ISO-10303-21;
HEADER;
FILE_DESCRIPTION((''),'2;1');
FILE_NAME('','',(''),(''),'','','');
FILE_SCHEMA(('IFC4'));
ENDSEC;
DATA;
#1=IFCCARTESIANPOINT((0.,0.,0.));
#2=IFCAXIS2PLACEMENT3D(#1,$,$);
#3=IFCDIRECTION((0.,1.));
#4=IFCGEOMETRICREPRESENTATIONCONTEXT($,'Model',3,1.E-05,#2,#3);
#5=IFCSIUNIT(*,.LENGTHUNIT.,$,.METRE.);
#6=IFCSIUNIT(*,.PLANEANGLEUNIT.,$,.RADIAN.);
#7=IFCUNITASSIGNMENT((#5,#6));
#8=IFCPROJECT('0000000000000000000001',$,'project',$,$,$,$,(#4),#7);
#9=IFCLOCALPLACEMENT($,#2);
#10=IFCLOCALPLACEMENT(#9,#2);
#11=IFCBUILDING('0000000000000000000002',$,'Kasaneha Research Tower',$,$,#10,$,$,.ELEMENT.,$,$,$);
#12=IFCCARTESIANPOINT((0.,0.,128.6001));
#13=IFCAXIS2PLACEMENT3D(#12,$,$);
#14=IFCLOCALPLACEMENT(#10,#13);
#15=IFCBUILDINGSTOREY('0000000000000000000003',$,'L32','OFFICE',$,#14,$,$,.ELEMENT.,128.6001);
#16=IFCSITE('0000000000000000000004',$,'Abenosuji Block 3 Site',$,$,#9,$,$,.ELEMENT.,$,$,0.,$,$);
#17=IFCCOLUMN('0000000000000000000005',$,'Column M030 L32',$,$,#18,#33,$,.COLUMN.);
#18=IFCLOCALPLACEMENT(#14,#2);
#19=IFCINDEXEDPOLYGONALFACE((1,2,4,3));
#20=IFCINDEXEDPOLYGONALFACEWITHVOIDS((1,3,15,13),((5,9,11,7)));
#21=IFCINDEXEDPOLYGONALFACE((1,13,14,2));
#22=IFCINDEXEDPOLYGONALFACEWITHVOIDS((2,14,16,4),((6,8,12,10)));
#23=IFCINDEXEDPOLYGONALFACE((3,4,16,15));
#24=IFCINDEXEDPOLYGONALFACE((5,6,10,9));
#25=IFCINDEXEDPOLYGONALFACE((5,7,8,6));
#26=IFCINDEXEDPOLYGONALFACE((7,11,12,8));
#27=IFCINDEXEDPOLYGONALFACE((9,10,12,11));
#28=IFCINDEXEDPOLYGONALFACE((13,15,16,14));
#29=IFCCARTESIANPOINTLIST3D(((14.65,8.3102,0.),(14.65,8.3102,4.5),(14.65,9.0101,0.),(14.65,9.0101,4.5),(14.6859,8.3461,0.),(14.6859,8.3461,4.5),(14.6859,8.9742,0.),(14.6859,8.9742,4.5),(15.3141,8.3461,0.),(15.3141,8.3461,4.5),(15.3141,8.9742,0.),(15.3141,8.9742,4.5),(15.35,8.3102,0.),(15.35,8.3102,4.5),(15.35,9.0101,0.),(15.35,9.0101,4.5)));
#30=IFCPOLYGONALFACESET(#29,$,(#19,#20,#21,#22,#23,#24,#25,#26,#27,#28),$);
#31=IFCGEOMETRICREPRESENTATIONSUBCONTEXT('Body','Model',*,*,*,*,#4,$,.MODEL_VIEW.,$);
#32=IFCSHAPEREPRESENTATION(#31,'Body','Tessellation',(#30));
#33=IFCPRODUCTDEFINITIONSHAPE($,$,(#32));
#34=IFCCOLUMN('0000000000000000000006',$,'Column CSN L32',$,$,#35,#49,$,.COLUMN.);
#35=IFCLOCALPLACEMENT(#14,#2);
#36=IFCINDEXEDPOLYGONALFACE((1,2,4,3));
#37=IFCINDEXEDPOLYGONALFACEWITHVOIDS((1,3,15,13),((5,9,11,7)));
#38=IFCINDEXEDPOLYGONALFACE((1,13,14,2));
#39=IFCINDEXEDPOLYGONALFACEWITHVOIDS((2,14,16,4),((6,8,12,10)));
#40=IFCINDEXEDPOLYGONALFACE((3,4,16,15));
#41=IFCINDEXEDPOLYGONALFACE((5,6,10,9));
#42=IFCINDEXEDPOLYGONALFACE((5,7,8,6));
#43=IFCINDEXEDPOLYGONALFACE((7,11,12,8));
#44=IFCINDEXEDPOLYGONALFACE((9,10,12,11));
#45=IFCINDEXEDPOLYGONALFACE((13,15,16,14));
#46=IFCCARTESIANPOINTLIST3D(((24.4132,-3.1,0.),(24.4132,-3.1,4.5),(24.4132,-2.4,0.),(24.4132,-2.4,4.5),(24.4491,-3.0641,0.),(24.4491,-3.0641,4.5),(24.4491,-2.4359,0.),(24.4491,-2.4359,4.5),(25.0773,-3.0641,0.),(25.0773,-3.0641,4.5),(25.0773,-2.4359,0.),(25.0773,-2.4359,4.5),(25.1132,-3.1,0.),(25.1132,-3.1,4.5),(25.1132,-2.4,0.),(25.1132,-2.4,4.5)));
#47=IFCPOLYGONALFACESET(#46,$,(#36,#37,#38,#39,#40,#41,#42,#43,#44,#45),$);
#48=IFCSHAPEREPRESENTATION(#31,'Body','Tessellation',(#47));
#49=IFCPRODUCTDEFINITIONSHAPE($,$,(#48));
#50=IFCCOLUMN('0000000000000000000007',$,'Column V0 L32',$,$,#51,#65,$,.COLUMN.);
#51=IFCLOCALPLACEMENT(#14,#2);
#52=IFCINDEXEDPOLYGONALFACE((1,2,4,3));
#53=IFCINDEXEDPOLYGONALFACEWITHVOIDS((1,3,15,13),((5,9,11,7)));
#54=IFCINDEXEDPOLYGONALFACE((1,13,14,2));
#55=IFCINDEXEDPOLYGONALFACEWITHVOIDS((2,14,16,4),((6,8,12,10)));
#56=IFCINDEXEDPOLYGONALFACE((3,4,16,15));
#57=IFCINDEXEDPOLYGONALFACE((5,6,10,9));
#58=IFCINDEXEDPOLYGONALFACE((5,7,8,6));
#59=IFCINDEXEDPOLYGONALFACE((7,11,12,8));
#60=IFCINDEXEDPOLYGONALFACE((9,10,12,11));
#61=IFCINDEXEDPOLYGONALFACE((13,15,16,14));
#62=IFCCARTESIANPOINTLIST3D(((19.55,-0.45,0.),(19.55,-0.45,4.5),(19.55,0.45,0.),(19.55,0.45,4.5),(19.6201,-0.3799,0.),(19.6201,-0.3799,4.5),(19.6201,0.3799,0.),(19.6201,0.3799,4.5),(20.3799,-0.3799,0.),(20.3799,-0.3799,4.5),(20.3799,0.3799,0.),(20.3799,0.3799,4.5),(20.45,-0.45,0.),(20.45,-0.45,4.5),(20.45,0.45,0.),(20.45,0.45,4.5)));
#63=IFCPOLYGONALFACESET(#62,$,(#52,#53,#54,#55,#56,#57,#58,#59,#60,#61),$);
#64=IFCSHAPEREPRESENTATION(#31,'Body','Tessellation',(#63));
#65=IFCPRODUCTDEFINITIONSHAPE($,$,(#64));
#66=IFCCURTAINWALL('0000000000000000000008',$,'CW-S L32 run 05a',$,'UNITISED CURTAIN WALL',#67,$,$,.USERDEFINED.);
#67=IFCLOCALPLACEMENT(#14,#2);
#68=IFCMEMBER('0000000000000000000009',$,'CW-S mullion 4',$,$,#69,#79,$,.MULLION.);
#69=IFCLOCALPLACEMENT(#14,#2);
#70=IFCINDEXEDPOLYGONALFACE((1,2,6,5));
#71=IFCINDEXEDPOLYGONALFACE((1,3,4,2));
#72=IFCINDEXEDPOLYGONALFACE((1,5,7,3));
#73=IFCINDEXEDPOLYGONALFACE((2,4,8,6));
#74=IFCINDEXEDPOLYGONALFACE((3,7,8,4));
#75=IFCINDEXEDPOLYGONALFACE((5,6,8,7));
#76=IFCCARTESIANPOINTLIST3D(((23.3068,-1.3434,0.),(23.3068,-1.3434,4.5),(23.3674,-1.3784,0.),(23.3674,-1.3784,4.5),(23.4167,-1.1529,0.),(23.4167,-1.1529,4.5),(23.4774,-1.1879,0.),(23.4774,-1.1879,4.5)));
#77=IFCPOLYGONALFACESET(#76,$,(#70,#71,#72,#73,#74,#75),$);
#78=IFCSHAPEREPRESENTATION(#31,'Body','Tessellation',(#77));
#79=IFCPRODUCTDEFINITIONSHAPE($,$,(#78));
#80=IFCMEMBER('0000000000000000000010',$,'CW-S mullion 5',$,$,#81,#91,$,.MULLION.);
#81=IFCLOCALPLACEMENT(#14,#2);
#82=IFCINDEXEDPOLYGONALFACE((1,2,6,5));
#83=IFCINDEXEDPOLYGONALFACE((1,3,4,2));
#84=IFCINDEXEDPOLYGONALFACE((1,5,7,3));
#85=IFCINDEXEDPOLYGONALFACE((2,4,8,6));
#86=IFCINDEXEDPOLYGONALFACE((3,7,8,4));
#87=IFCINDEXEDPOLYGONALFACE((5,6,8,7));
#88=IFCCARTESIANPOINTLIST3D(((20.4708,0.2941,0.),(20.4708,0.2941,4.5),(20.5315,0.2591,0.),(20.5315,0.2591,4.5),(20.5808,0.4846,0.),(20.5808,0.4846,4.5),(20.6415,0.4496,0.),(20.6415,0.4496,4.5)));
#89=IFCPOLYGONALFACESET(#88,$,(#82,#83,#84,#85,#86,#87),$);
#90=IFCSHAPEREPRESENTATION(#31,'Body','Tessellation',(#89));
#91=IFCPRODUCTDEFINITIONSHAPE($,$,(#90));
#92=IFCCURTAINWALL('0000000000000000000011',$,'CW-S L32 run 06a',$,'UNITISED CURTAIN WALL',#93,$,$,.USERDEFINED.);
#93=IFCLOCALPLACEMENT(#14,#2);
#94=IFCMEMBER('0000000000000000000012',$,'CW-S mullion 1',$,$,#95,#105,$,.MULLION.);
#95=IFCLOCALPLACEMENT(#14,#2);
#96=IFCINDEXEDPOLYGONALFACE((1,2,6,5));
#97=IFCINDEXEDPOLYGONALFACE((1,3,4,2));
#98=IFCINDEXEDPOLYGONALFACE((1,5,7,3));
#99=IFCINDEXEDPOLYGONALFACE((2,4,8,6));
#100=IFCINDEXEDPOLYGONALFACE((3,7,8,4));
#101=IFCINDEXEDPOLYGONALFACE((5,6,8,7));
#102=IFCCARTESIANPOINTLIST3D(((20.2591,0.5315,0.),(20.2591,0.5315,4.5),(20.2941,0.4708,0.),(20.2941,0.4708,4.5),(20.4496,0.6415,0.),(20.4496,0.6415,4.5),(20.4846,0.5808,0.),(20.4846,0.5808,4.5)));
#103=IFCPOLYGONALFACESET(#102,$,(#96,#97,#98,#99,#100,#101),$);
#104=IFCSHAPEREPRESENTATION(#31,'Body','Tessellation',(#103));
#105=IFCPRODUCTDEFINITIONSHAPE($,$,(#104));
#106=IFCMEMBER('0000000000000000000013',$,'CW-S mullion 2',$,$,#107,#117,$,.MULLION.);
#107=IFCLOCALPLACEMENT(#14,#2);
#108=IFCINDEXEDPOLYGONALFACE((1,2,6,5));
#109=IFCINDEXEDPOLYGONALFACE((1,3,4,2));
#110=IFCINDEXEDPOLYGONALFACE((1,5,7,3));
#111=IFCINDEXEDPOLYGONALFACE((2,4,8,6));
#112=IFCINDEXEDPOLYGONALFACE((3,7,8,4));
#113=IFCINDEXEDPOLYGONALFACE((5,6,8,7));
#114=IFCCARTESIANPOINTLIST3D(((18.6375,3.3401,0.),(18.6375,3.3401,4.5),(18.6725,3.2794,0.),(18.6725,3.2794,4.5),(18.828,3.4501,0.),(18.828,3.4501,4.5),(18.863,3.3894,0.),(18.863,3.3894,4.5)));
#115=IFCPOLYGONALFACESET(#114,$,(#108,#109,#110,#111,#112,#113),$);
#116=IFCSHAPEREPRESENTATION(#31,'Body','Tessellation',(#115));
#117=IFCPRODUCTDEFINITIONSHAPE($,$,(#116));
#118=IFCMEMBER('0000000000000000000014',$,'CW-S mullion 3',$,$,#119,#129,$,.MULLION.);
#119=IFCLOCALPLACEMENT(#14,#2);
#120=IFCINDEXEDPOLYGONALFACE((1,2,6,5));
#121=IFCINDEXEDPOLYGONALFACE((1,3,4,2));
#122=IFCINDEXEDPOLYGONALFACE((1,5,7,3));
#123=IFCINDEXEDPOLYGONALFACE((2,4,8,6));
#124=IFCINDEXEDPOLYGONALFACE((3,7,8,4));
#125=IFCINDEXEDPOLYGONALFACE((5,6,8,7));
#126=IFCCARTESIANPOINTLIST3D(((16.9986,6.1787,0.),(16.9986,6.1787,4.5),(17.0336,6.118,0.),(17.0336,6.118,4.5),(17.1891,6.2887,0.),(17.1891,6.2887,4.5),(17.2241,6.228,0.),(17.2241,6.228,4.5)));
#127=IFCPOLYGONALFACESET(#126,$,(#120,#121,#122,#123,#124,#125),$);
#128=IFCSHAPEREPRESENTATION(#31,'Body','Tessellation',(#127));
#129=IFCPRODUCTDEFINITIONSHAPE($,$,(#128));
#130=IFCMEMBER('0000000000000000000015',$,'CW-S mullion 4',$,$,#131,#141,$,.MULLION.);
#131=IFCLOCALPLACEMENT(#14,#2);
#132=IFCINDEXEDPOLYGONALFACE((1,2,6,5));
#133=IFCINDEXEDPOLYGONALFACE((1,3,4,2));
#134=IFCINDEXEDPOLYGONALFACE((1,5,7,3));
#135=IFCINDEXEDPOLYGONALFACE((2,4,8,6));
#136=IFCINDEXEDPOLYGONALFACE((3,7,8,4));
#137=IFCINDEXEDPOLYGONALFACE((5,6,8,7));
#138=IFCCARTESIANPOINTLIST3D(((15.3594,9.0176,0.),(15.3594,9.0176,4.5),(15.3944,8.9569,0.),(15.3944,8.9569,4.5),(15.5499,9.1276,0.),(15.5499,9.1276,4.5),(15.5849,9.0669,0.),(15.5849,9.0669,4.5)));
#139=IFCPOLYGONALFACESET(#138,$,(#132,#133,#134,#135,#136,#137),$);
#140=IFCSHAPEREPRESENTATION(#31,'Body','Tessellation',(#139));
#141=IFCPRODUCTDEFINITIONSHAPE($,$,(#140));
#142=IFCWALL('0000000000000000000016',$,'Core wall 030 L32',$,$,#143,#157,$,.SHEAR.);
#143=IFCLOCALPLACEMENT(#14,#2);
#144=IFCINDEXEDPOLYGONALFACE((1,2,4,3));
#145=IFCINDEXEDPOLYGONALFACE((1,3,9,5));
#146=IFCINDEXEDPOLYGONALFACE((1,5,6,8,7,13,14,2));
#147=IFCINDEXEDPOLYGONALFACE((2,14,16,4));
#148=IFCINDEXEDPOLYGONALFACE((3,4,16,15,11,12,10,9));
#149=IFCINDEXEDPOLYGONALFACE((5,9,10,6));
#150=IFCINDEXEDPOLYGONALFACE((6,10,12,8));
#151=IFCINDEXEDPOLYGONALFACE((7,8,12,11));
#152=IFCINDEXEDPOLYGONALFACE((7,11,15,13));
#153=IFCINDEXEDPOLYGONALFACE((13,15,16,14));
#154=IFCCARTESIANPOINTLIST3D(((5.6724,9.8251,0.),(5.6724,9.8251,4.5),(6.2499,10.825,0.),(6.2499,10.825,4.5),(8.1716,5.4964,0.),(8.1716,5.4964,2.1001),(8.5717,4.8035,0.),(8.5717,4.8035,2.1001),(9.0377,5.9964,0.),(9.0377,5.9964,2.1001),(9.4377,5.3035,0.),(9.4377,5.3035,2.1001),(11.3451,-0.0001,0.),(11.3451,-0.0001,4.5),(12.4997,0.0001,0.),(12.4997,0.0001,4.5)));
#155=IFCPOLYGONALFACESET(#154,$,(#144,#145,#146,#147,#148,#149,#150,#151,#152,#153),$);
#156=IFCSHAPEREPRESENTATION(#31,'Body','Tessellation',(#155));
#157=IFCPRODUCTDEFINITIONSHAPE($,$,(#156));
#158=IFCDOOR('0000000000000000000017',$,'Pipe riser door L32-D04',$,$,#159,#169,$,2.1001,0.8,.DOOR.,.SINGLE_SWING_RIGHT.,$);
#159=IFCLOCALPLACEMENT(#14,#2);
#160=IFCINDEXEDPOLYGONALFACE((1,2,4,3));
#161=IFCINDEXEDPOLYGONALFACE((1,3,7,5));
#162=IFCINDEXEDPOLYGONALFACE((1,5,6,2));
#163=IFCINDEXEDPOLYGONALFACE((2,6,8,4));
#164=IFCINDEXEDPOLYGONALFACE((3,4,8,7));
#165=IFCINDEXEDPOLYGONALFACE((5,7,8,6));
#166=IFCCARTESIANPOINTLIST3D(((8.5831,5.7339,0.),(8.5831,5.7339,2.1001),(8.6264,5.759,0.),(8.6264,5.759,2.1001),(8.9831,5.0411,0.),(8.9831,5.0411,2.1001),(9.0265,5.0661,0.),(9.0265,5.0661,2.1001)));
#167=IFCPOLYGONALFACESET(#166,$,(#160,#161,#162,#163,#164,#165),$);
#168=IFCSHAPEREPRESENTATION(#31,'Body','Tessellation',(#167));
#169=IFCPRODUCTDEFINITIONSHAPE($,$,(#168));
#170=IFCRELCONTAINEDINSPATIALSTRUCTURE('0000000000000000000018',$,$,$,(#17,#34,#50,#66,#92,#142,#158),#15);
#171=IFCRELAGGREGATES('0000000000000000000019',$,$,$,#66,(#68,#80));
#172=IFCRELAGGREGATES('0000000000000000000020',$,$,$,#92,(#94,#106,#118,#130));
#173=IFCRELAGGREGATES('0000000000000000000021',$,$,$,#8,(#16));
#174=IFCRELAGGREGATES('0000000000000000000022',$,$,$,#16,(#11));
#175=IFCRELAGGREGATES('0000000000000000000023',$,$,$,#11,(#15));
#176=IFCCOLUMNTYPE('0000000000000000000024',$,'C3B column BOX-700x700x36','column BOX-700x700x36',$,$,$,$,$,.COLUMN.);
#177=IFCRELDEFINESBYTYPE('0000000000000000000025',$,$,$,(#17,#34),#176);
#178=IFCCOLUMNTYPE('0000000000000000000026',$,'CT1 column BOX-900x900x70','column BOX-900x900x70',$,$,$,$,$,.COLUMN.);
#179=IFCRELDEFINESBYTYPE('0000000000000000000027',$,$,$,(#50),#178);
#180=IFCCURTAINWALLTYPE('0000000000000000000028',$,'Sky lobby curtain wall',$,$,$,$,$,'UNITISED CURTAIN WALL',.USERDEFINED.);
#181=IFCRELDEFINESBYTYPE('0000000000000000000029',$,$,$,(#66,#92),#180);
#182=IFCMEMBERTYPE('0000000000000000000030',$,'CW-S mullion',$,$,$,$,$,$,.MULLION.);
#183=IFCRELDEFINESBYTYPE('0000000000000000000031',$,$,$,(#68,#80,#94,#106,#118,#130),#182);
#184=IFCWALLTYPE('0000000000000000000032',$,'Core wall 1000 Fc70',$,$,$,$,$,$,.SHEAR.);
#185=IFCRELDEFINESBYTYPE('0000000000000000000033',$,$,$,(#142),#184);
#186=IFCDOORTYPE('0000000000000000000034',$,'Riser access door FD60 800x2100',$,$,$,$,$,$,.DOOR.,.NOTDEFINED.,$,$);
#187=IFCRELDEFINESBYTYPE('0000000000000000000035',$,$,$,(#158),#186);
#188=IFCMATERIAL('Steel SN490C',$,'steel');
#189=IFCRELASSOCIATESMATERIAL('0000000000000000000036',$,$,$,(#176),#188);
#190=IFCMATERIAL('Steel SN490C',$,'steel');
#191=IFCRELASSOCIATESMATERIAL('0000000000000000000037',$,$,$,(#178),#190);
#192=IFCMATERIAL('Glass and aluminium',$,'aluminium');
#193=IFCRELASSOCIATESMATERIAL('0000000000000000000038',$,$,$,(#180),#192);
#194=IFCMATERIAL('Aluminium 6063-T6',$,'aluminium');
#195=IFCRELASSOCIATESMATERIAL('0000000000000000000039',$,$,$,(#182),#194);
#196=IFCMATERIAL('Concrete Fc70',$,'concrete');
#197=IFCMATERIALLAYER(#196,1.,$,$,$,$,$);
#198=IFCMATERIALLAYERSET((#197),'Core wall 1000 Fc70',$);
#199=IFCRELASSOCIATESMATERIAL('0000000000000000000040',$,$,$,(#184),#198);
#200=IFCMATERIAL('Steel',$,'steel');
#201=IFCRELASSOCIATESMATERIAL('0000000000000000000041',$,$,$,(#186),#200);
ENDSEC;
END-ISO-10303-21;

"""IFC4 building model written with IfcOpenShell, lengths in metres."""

from ifc_helpers import new_model, si_unit, direction, frame, frame_2d, origin, origin_2d, place, context, subcontext, project, spatial, polyline, rectangle, hollow_rectangle, outline, extrude, material, layer, layer_set, material_profile, profile_set, type_object, element, fill, aggregate, save


model = new_model("IFC4")

# Units and contexts
model_context = context("Model", 3, precision=1e-05, world=origin(), true_north=direction((0.0, 1.0)))
body_context = subcontext(model_context, "Body", "Model", "MODEL_VIEW")
ifc_project = project(units=[si_unit("LENGTHUNIT", "METRE"), si_unit("PLANEANGLEUNIT", "RADIAN")], contexts=[model_context])

# Site, building, storey
site_placement = place(None, origin())
site = spatial("IfcSite", under=ifc_project, at=site_placement, Name="Abenosuji Block 3 Site", CompositionType="ELEMENT", RefElevation=0.0)
building_placement = place(site_placement, origin())
building = spatial("IfcBuilding", under=site, at=building_placement, Name="Kasaneha Research Tower", CompositionType="ELEMENT")
storey_placement = place(building_placement, frame((0.0, 0.0, 128.6001)))
storey = spatial("IfcBuildingStorey", under=building, at=storey_placement, Name="L32", Description="OFFICE", CompositionType="ELEMENT", Elevation=128.6001)

# Columns
ifc_material_1 = material(Name="Steel SN490C", Category="steel")
ifc_material_profile_1 = material_profile(ifc_material_1, hollow_rectangle(XDim=0.7, YDim=0.7, WallThickness=0.0359, at=origin_2d()), Name="BOX-700x700x36")
ifc_profile_set_1 = profile_set([ifc_material_profile_1], Name="Steel SN490C")
column_type_1 = type_object("IfcColumnType", Name="C3B column BOX-700x700x36", Description="column BOX-700x700x36", PredefinedType="COLUMN", material=ifc_profile_set_1)
for number, where, z_axis, x_axis, name in (
    (1, (15.0, 8.6602, 0.0), (0.0, 0.0, 1.0), (1.0, 0.0, 0.0), "Column M030 L32"),
    (2, (24.7632, -2.75, 0.0), (0.0, 0.0, 1.0), (1.0, 0.0, 0.0), "Column CSN L32"),
):
    element("IfcColumn", number, at=place(storey_placement, frame(where, z_axis=z_axis, x_axis=x_axis)), inside=storey, type_object=column_type_1, Name=name, PredefinedType="COLUMN", context=body_context, shape_type="SweptSolid", body=[
        extrude(hollow_rectangle(XDim=0.7, YDim=0.7, WallThickness=0.0359, at=origin_2d()), origin(), (0.0, 0.0, 1.0), 4.5),
    ])
ifc_material_2 = material(Name="Steel SN490C", Category="steel")
ifc_material_profile_2 = material_profile(ifc_material_2, hollow_rectangle(XDim=0.8999, YDim=0.8999, WallThickness=0.0701, at=origin_2d()), Name="BOX-900x900x70")
ifc_profile_set_2 = profile_set([ifc_material_profile_2], Name="Steel SN490C")
column_type_2 = type_object("IfcColumnType", Name="CT1 column BOX-900x900x70", Description="column BOX-900x900x70", PredefinedType="COLUMN", material=ifc_profile_set_2)
column_placement = place(storey_placement, frame((20.0, 0.0, 0.0), z_axis=(0.0, 0.0, 1.0), x_axis=(1.0, 0.0, 0.0)))
element("IfcColumn", 3, at=column_placement, inside=storey, type_object=column_type_2, Name="Column V0 L32", PredefinedType="COLUMN", context=body_context, shape_type="SweptSolid", body=[
    extrude(hollow_rectangle(XDim=0.8999, YDim=0.8999, WallThickness=0.0701, at=origin_2d()), origin(), (0.0, 0.0, 1.0), 4.5),
])

# Curtain walls, members
ifc_material_3 = material(Name="Glass and aluminium", Category="aluminium")
curtain_wall_type = type_object("IfcCurtainWallType", Name="Sky lobby curtain wall", ElementType="UNITISED CURTAIN WALL", PredefinedType="USERDEFINED", material=ifc_material_3)
curtain_wall_1_placement = place(storey_placement, origin())
curtain_wall_1 = element("IfcCurtainWall", 4, at=curtain_wall_1_placement, inside=storey, type_object=curtain_wall_type, Name="CW-S L32 run 05a", ObjectType="UNITISED CURTAIN WALL", PredefinedType="USERDEFINED")
ifc_material_4 = material(Name="Aluminium 6063-T6", Category="aluminium")
ifc_material_profile_3 = material_profile(ifc_material_4, rectangle(XDim=0.0701, YDim=0.22, at=origin_2d()), Name="CW-S mullion 70x220")
ifc_profile_set_3 = profile_set([ifc_material_profile_3], Name="Aluminium 6063-T6")
member_type = type_object("IfcMemberType", Name="CW-S mullion", PredefinedType="MULLION", material=ifc_profile_set_3)
member_1_placement = place(storey_placement, frame((23.3921, -1.2656, 0.0), z_axis=(0.0, 0.0, 1.0), x_axis=(-0.866025, 0.5, 0.0)))
member_1 = element("IfcMember", 5, at=member_1_placement, type_object=member_type, Name="CW-S mullion 4", PredefinedType="MULLION", context=body_context, shape_type="SweptSolid", body=[
    extrude(rectangle(XDim=0.0701, YDim=0.22, at=origin_2d()), origin(), (0.0, 0.0, 1.0), 4.5),
])
member_2_placement = place(storey_placement, frame((20.5562, 0.3718, 0.0), z_axis=(0.0, 0.0, 1.0), x_axis=(-0.866025, 0.5, 0.0)))
member_2 = element("IfcMember", 6, at=member_2_placement, type_object=member_type, Name="CW-S mullion 5", PredefinedType="MULLION", context=body_context, shape_type="SweptSolid", body=[
    extrude(rectangle(XDim=0.0701, YDim=0.22, at=origin_2d()), origin(), (0.0, 0.0, 1.0), 4.5),
])
aggregate(curtain_wall_1, [member_1, member_2])
curtain_wall_2_placement = place(storey_placement, origin())
curtain_wall_2 = element("IfcCurtainWall", 7, at=curtain_wall_2_placement, inside=storey, type_object=curtain_wall_type, Name="CW-S L32 run 06a", ObjectType="UNITISED CURTAIN WALL", PredefinedType="USERDEFINED")
member_3_placement = place(storey_placement, frame((20.3718, 0.5562, 0.0), z_axis=(0.0, 0.0, 1.0), x_axis=(-0.5, 0.866025, 0.0)))
member_3 = element("IfcMember", 8, at=member_3_placement, type_object=member_type, Name="CW-S mullion 1", PredefinedType="MULLION", context=body_context, shape_type="SweptSolid", body=[
    extrude(rectangle(XDim=0.0701, YDim=0.22, at=origin_2d()), origin(), (0.0, 0.0, 1.0), 4.5),
])
member_4_placement = place(storey_placement, frame((18.7502, 3.3647, 0.0), z_axis=(0.0, 0.0, 1.0), x_axis=(-0.5, 0.866025, 0.0)))
member_4 = element("IfcMember", 9, at=member_4_placement, type_object=member_type, Name="CW-S mullion 2", PredefinedType="MULLION", context=body_context, shape_type="SweptSolid", body=[
    extrude(rectangle(XDim=0.0701, YDim=0.22, at=origin_2d()), origin(), (0.0, 0.0, 1.0), 4.5),
])
member_5_placement = place(storey_placement, frame((17.1113, 6.2034, 0.0), z_axis=(0.0, 0.0, 1.0), x_axis=(-0.5, 0.866025, 0.0)))
member_5 = element("IfcMember", 10, at=member_5_placement, type_object=member_type, Name="CW-S mullion 3", PredefinedType="MULLION", context=body_context, shape_type="SweptSolid", body=[
    extrude(rectangle(XDim=0.0701, YDim=0.22, at=origin_2d()), origin(), (0.0, 0.0, 1.0), 4.5),
])
member_6_placement = place(storey_placement, frame((15.4722, 9.0422, 0.0), z_axis=(0.0, 0.0, 1.0), x_axis=(-0.5, 0.866025, 0.0)))
member_6 = element("IfcMember", 11, at=member_6_placement, type_object=member_type, Name="CW-S mullion 4", PredefinedType="MULLION", context=body_context, shape_type="SweptSolid", body=[
    extrude(rectangle(XDim=0.0701, YDim=0.22, at=origin_2d()), origin(), (0.0, 0.0, 1.0), 4.5),
])
aggregate(curtain_wall_2, [member_3, member_4, member_5, member_6])

# Wall, opening, door
ifc_material_5 = material(Name="Concrete Fc70", Category="concrete")
ifc_layer = layer(ifc_material_5, 1.0)
ifc_layer_set = layer_set([ifc_layer], Name="Core wall 1000 Fc70")
wall_type = type_object("IfcWallType", Name="Core wall 1000 Fc70", PredefinedType="SHEAR", material=ifc_layer_set)
wall_1_placement = place(storey_placement, frame((11.9224, 0.0, 0.0), z_axis=(0.0, 0.0, 1.0), x_axis=(-0.500004, 0.866023, 0.0)))
wall_1 = element("IfcWall", 12, at=wall_1_placement, inside=storey, type_object=wall_type, Name="Core wall 030 L32", PredefinedType="SHEAR", context=body_context, shape_type="SweptSolid", body=[
    extrude(outline(polyline([(-0.2886, -0.5), (5.8354, -0.5), (6.6355, -0.5), (12.2109, -0.5), (11.6338, 0.5), (6.6355, 0.5), (5.8354, 0.5), (0.2886, 0.5), (-0.2886, -0.5)])), origin(), (0.0, 0.0, 1.0), 4.5),
])
opening_1_placement = place(wall_1_placement, frame((5.8354, 0.0, 0.0)))
opening_1 = element("IfcOpeningElement", 13, at=opening_1_placement, cuts=wall_1, PredefinedType="OPENING", context=body_context, shape_type="SweptSolid", body=[
    extrude(rectangle(XDim=0.8, YDim=2.1001, at=frame_2d((0.3999, 1.05))), frame((0.0, 0.51, 0.0), z_axis=(0.0, -1.0, 0.0), x_axis=(1.0, 0.0, 0.0)), (0.0, 0.0, 1.0), 1.02),
])
ifc_material_6 = material(Name="Steel", Category="steel")
door_type_1 = type_object("IfcDoorType", Name="Riser access door FD60 800x2100", OperationType="NOTDEFINED", PredefinedType="DOOR", material=ifc_material_6)
door_1_placement = place(opening_1_placement, origin())
door_1 = element("IfcDoor", 14, at=door_1_placement, inside=storey, type_object=door_type_1, Name="Pipe riser door L32-D04", OperationType="SINGLE_SWING_RIGHT", OverallHeight=2.1001, OverallWidth=0.8, PredefinedType="DOOR", context=body_context, shape_type="SweptSolid", body=[
    extrude(rectangle(XDim=0.8, YDim=2.1001, at=frame_2d((0.3999, 1.05))), frame((0.0, 0.0249, 0.0), z_axis=(0.0, -1.0, 0.0), x_axis=(1.0, 0.0, 0.0)), (0.0, 0.0, 1.0), 0.05),
])
fill(opening_1, door_1)

save(model, "model.ifc")
